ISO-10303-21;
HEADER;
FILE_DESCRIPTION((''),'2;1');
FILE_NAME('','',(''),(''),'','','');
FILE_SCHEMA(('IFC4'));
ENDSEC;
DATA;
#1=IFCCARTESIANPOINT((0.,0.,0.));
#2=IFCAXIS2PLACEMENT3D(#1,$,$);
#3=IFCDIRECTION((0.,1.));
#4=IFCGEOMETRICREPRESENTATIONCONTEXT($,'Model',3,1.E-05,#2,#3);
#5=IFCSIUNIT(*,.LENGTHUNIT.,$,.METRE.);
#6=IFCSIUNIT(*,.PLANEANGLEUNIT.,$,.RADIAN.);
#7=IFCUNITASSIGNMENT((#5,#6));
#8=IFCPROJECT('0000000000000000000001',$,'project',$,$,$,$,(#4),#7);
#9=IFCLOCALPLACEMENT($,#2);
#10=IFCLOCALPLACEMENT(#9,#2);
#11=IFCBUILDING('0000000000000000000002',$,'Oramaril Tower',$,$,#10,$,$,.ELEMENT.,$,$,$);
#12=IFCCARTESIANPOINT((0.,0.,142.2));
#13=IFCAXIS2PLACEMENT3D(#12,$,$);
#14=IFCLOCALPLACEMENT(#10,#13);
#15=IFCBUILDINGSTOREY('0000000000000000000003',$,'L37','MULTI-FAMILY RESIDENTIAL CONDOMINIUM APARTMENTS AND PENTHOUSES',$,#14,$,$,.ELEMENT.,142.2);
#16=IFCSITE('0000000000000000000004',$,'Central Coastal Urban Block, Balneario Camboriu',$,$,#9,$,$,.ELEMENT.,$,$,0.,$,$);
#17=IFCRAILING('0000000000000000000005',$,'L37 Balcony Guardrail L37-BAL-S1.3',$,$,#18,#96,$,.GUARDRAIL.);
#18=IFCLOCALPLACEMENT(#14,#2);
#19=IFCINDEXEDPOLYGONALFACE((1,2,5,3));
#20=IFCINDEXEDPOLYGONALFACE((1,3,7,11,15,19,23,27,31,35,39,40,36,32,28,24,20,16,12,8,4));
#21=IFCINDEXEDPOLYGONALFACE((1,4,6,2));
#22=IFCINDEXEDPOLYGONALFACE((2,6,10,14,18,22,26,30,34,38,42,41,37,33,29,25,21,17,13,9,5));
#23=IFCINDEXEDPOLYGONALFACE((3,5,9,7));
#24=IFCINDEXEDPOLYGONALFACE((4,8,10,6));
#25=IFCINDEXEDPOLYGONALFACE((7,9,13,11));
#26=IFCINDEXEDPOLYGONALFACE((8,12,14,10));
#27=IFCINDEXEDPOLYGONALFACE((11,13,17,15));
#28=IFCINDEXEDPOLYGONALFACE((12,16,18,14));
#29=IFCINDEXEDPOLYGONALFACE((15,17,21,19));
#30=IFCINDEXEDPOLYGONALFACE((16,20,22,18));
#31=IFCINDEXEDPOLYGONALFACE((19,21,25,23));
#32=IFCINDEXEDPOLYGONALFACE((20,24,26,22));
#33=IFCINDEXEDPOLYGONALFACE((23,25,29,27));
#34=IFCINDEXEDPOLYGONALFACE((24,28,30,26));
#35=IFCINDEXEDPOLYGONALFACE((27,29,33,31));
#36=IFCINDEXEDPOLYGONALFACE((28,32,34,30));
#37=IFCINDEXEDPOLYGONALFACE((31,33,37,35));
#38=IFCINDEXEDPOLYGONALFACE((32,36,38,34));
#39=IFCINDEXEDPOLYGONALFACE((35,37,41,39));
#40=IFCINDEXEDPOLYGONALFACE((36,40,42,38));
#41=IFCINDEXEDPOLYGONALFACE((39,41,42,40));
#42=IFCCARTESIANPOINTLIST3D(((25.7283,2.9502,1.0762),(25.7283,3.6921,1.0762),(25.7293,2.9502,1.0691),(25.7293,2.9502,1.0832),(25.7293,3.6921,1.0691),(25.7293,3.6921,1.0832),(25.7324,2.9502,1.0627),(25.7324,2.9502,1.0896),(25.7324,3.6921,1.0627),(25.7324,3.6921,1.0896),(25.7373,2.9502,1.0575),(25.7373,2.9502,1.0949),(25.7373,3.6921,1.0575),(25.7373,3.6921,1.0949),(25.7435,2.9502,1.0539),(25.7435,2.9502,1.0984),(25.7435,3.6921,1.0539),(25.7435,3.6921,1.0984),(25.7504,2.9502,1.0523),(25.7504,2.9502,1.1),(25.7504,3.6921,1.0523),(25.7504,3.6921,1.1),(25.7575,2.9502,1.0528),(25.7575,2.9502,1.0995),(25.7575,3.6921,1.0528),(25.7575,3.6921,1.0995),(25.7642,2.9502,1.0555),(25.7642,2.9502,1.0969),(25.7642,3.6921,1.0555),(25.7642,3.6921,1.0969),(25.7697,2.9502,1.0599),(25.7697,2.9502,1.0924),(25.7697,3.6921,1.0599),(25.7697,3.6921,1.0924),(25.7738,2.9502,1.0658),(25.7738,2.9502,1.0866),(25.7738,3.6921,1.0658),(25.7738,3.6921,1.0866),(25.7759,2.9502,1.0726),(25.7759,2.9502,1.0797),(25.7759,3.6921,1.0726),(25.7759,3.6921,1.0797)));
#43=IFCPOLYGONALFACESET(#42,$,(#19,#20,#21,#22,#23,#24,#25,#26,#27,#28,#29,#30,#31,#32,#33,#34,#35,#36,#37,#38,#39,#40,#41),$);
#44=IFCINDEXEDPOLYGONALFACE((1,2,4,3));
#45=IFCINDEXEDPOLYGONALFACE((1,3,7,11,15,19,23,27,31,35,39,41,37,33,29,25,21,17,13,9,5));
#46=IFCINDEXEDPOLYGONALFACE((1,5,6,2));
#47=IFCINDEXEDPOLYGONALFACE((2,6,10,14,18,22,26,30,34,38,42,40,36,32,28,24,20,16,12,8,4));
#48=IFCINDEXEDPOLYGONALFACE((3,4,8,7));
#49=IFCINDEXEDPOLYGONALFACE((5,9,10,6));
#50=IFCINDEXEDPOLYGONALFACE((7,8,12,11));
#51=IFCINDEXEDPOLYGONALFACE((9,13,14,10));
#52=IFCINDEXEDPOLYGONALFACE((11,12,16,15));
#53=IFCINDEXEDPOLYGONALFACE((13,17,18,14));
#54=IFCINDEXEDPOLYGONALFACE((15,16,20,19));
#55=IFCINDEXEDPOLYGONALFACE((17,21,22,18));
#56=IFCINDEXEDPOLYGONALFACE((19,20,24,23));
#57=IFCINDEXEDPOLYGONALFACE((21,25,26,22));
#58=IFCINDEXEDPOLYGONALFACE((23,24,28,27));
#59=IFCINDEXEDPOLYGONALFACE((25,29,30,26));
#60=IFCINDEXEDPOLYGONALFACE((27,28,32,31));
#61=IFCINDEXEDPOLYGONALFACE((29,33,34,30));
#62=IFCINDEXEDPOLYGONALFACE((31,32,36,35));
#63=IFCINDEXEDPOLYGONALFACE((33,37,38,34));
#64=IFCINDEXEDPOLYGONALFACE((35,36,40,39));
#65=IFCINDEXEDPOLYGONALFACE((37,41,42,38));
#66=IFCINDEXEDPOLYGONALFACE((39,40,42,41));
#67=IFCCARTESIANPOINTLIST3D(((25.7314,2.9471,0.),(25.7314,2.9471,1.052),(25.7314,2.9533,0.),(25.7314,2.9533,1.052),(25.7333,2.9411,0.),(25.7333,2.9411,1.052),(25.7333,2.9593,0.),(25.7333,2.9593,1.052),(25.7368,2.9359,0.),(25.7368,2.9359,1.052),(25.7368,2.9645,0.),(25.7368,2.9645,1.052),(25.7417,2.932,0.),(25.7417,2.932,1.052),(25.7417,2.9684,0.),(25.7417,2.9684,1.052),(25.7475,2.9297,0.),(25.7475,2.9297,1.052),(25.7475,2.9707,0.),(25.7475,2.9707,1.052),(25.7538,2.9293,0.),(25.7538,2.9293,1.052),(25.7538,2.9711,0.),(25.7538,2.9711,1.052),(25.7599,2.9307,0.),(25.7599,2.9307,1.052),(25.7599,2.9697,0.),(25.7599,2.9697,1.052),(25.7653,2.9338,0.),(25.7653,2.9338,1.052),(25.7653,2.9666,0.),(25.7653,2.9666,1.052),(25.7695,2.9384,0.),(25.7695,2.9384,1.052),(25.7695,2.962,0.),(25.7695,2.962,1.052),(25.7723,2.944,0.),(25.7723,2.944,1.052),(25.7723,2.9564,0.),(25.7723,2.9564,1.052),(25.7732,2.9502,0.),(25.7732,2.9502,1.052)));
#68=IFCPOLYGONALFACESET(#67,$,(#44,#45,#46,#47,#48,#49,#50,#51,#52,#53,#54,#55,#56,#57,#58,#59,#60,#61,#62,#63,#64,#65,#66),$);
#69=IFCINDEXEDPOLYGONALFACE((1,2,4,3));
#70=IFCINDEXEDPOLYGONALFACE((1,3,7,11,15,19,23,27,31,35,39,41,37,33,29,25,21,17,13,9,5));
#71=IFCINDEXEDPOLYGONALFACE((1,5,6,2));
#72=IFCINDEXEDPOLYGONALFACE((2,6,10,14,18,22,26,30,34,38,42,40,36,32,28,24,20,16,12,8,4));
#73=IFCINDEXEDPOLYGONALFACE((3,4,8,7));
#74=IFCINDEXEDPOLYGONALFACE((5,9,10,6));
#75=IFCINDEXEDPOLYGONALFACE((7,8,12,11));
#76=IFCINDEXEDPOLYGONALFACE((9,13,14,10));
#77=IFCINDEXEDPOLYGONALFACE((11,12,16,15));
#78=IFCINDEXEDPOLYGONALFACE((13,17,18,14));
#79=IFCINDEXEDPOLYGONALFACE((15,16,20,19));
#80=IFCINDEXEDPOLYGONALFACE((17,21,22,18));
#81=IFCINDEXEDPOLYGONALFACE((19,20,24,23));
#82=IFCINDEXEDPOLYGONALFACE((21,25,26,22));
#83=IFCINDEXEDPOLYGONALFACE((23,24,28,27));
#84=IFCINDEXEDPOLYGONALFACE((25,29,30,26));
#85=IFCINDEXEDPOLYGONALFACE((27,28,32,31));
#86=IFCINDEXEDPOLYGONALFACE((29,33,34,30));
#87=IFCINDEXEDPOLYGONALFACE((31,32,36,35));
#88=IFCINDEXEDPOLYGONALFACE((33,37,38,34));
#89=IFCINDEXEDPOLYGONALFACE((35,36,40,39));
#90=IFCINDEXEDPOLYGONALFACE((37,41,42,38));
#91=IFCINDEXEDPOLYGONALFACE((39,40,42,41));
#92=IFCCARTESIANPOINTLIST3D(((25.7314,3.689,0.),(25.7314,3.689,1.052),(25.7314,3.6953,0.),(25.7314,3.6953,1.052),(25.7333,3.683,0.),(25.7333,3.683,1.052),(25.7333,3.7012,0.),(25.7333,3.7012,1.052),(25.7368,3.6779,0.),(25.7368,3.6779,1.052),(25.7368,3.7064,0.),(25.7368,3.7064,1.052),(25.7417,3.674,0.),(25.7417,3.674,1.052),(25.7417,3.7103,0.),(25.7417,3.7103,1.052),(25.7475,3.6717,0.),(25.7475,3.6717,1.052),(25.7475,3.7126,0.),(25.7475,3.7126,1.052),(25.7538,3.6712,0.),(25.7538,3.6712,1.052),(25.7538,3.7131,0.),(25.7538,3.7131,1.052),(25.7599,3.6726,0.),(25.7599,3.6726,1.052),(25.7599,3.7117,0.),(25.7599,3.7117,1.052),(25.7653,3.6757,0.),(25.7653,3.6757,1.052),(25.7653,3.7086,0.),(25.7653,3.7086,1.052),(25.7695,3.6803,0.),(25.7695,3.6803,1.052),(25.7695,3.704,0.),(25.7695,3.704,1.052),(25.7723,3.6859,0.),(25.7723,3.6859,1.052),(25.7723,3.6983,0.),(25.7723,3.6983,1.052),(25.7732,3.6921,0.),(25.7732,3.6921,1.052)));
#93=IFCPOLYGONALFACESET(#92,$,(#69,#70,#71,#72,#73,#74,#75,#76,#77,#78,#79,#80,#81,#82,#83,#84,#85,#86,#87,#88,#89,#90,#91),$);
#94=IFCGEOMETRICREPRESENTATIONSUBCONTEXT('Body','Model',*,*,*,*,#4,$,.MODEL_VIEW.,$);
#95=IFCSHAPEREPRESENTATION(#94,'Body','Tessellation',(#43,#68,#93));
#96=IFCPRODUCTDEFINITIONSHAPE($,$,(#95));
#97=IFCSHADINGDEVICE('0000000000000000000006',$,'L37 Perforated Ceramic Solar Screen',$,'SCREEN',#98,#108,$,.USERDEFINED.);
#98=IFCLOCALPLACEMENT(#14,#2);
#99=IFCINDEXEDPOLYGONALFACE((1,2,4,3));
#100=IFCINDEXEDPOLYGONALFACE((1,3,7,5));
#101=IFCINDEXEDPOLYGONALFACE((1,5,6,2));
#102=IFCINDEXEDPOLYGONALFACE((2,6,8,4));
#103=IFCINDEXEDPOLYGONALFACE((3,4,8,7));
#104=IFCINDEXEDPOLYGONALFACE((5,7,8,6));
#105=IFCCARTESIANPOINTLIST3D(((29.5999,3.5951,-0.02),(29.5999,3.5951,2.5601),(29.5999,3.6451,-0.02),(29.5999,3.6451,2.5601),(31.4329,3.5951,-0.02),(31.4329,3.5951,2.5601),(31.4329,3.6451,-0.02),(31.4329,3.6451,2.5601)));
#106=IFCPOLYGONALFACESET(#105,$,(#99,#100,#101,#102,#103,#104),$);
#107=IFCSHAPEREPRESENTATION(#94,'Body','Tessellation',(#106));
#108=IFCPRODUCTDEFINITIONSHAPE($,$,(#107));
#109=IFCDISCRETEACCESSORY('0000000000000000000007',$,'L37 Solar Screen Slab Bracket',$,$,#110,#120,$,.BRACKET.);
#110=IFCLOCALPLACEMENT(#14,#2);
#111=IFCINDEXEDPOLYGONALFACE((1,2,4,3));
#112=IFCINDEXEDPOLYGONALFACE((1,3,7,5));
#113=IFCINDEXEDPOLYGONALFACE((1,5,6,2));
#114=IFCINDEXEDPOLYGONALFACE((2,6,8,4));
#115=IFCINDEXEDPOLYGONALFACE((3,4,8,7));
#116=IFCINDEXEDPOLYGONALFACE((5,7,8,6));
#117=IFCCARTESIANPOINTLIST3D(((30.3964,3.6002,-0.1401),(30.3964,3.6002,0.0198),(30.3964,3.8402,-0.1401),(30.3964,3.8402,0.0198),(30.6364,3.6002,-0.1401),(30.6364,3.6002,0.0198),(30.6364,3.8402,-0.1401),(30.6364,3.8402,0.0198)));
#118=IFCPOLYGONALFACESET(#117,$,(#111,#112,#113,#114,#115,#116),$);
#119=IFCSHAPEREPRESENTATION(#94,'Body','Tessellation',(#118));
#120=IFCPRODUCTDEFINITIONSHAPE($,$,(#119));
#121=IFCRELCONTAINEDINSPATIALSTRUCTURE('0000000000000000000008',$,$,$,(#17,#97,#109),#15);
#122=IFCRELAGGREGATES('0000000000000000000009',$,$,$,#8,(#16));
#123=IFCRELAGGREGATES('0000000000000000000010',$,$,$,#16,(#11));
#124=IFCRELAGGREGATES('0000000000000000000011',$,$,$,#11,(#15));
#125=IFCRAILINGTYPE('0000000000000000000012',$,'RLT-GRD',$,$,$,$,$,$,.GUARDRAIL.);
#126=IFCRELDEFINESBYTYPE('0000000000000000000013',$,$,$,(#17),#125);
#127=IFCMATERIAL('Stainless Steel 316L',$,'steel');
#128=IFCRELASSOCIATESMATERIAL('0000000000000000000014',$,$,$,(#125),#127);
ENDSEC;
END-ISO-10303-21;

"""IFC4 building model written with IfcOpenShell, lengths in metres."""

from ifc_helpers import new_model, si_unit, direction, frame, origin, origin_2d, place, context, subcontext, project, spatial, rectangle, circle, extrude, material, type_object, element, save


model = new_model("IFC4")

# Units and contexts
model_context = context("Model", 3, precision=1e-05, world=origin(), true_north=direction((0.0, 1.0)))
body_context = subcontext(model_context, "Body", "Model", "MODEL_VIEW")
ifc_project = project(units=[si_unit("LENGTHUNIT", "METRE"), si_unit("PLANEANGLEUNIT", "RADIAN")], contexts=[model_context])

# Site, building, storey
site_placement = place(None, origin())
site = spatial("IfcSite", under=ifc_project, at=site_placement, Name="Central Coastal Urban Block, Balneario Camboriu", CompositionType="ELEMENT", RefElevation=0.0)
building_placement = place(site_placement, origin())
building = spatial("IfcBuilding", under=site, at=building_placement, Name="Oramaril Tower", CompositionType="ELEMENT")
storey_placement = place(building_placement, frame((0.0, 0.0, 142.2)))
storey = spatial("IfcBuildingStorey", under=building, at=storey_placement, Name="L37", Description="MULTI-FAMILY RESIDENTIAL CONDOMINIUM APARTMENTS AND PENTHOUSES", CompositionType="ELEMENT", Elevation=142.2)

# Railing
ifc_material_1 = material(Name="Stainless Steel 316L", Category="steel")
railing_type = type_object("IfcRailingType", Name="RLT-GRD", PredefinedType="GUARDRAIL", material=ifc_material_1)
railing_1_placement = place(storey_placement, frame((25.7522, 2.9502, 0.0)))
element("IfcRailing", 1, at=railing_1_placement, inside=storey, type_object=railing_type, Name="L37 Balcony Guardrail L37-BAL-S1.3", PredefinedType="GUARDRAIL", context=body_context, shape_type="SweptSolid", body=[
    extrude(circle(Radius=0.0239, at=origin_2d()), frame((0.0, 0.0, 1.0762), z_axis=(0.0, 1.0, 0.0), x_axis=(-1.0, 0.0, 0.0)), (0.0, 0.0, 1.0), 0.7419),
    extrude(circle(Radius=0.021, at=origin_2d()), origin(), (0.0, 0.0, 1.0), 1.052),
    extrude(circle(Radius=0.021, at=origin_2d()), frame((0.0, 0.7419, 0.0)), (0.0, 0.0, 1.0), 1.052),
])

# Shading device
shading_device_placement = place(storey_placement, frame((30.5164, 3.6201, -0.02), z_axis=(0.0, 0.0, 1.0), x_axis=(1.0, 0.0, 0.0)))
element("IfcShadingDevice", 2, at=shading_device_placement, inside=storey, Name="L37 Perforated Ceramic Solar Screen", ObjectType="SCREEN", PredefinedType="USERDEFINED", context=body_context, shape_type="SweptSolid", body=[
    extrude(rectangle(XDim=1.833, YDim=0.05, at=origin_2d()), origin(), (0.0, 0.0, 1.0), 2.5801),
])

# Discrete accessory
discrete_accessory_placement = place(storey_placement, frame((30.5164, 3.7202, -0.1401), z_axis=(0.0, 0.0, 1.0), x_axis=(1.0, 0.0, 0.0)))
element("IfcDiscreteAccessory", 3, at=discrete_accessory_placement, inside=storey, Name="L37 Solar Screen Slab Bracket", PredefinedType="BRACKET", context=body_context, shape_type="SweptSolid", body=[
    extrude(rectangle(XDim=0.24, YDim=0.24, at=origin_2d()), origin(), (0.0, 0.0, 1.0), 0.1599),
])

save(model, "model.ifc")
